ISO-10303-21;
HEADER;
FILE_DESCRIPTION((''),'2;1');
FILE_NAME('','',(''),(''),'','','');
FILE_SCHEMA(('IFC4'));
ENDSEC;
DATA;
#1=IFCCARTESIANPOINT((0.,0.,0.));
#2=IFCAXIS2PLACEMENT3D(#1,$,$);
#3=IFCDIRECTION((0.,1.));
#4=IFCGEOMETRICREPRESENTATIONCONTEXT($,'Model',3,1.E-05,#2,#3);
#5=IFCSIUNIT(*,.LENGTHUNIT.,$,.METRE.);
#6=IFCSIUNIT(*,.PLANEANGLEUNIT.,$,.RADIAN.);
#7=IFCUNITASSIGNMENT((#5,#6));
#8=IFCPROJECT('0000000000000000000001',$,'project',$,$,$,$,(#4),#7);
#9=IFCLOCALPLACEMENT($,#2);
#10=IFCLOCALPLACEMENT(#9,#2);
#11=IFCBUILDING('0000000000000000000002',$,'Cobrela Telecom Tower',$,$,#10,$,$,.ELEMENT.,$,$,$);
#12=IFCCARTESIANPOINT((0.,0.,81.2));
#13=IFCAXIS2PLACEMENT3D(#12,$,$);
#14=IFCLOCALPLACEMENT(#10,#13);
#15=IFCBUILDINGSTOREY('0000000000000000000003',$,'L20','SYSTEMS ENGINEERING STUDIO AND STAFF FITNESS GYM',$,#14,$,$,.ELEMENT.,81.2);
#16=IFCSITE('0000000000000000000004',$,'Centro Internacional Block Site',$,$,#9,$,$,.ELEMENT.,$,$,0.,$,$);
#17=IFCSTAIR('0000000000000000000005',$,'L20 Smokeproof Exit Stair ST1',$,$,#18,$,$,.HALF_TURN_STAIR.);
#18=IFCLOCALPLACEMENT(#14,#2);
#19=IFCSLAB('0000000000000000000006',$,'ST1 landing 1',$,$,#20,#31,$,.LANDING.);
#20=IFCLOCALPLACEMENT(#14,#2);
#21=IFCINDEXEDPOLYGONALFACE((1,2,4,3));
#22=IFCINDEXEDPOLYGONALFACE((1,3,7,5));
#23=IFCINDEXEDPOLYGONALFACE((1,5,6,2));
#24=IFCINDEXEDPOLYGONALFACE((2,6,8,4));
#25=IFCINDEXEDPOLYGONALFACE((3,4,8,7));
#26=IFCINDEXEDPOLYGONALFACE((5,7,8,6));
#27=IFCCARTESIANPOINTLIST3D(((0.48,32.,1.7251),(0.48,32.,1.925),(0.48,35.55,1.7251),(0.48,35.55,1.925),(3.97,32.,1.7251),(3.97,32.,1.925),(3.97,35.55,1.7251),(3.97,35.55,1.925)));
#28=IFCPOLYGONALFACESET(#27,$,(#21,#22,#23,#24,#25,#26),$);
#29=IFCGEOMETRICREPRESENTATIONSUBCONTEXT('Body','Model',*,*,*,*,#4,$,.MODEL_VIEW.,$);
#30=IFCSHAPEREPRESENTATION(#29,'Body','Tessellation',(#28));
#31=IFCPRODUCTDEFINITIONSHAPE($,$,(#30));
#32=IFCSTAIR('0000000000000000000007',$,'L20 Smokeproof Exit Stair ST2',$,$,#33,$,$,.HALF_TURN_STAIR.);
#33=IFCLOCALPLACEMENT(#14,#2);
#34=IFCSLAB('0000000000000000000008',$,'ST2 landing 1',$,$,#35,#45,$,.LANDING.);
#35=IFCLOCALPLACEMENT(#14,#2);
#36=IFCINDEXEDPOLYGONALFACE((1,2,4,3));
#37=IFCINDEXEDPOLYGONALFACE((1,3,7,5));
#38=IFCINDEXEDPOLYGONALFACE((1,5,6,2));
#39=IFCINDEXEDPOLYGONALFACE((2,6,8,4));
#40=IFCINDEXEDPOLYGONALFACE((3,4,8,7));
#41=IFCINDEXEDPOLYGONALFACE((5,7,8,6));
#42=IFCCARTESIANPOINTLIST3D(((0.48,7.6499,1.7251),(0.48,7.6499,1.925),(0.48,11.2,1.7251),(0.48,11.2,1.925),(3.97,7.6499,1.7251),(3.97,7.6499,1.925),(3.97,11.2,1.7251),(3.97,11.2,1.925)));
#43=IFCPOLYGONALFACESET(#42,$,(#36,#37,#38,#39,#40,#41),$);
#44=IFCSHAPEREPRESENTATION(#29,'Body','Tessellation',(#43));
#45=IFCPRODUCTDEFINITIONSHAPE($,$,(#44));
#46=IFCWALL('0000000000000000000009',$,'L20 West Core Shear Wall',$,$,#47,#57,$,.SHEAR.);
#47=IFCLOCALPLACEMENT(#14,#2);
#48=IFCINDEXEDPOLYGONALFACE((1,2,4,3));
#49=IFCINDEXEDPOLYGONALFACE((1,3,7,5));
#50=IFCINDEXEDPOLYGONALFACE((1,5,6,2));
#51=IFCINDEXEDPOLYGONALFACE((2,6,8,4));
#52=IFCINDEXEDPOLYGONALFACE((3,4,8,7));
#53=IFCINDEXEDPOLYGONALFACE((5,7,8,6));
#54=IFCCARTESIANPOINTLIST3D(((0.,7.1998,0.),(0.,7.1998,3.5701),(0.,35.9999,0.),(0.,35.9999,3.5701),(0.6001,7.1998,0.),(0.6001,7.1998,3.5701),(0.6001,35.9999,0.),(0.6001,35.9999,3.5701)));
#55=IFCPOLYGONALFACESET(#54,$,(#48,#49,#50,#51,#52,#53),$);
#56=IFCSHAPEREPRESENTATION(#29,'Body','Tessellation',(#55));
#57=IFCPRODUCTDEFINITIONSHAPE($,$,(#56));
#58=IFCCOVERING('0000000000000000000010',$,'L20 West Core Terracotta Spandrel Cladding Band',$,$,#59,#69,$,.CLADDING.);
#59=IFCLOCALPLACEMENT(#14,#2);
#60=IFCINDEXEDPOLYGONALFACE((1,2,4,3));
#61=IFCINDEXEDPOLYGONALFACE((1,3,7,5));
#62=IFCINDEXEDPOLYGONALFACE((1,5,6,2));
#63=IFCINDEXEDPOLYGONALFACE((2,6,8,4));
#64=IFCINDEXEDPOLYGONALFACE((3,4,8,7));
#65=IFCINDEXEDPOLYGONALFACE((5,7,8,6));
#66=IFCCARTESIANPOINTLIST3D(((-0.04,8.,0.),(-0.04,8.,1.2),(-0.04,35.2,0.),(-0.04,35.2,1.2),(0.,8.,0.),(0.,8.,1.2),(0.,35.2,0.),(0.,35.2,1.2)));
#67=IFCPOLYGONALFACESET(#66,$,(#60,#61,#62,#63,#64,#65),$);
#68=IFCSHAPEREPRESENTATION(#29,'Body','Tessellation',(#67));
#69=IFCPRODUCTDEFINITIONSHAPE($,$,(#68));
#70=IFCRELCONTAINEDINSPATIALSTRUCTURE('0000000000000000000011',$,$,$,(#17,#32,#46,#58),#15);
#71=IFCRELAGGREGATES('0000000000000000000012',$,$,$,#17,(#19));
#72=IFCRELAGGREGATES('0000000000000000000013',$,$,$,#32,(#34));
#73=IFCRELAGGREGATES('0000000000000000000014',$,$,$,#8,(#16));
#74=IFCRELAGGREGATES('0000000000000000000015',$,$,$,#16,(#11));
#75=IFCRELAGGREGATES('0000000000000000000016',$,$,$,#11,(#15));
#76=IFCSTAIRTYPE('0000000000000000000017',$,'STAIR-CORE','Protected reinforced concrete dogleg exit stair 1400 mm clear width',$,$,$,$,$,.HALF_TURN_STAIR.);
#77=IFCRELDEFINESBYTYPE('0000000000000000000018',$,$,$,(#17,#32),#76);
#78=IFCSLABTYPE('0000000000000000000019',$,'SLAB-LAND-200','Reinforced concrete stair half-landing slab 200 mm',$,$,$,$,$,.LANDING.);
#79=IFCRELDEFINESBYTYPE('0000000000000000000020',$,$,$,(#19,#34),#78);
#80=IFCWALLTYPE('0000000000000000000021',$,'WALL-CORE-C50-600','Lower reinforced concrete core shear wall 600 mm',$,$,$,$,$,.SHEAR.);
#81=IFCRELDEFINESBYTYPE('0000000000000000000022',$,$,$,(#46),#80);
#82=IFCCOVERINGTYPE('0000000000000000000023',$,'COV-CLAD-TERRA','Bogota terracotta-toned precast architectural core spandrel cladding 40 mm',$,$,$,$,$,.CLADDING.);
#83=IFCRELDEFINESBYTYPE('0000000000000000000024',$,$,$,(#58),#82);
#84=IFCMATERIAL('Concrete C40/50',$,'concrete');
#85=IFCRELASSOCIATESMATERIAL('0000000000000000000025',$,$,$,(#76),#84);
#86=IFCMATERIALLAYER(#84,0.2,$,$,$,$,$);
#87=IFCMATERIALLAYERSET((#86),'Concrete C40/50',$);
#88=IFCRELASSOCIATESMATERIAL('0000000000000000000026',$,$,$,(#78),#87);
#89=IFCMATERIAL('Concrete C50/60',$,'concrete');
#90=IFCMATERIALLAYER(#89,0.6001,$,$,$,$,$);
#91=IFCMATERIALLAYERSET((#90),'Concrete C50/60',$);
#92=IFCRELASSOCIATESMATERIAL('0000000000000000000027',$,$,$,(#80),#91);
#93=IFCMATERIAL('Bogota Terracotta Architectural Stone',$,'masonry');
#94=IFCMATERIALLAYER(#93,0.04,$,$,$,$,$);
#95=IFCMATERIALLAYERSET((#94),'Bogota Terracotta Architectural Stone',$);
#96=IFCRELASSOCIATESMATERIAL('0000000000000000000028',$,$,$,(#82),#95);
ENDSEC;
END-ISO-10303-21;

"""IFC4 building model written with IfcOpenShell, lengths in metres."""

from ifc_helpers import new_model, si_unit, direction, frame, frame_2d, origin, place, context, subcontext, project, spatial, polyline, rectangle, outline, extrude, material, layer, layer_set, type_object, element, aggregate, save


model = new_model("IFC4")

# Units and contexts
model_context = context("Model", 3, precision=1e-05, world=origin(), true_north=direction((0.0, 1.0)))
body_context = subcontext(model_context, "Body", "Model", "MODEL_VIEW")
ifc_project = project(units=[si_unit("LENGTHUNIT", "METRE"), si_unit("PLANEANGLEUNIT", "RADIAN")], contexts=[model_context])

# Site, building, storey
site_placement = place(None, origin())
site = spatial("IfcSite", under=ifc_project, at=site_placement, Name="Centro Internacional Block Site", CompositionType="ELEMENT", RefElevation=0.0)
building_placement = place(site_placement, origin())
building = spatial("IfcBuilding", under=site, at=building_placement, Name="Cobrela Telecom Tower", CompositionType="ELEMENT")
storey_placement = place(building_placement, frame((0.0, 0.0, 81.2)))
storey = spatial("IfcBuildingStorey", under=building, at=storey_placement, Name="L20", Description="SYSTEMS ENGINEERING STUDIO AND STAFF FITNESS GYM", CompositionType="ELEMENT", Elevation=81.2)

# Shared definitions
ifc_material_1 = material(Name="Concrete C40/50", Category="concrete")

# Stairs, slabs
stair_type = type_object("IfcStairType", Name="STAIR-CORE", Description="Protected reinforced concrete dogleg exit stair 1400 mm clear width", PredefinedType="HALF_TURN_STAIR", material=ifc_material_1)
stair_1_placement = place(storey_placement, origin())
stair_1 = element("IfcStair", 1, at=stair_1_placement, inside=storey, type_object=stair_type, Name="L20 Smokeproof Exit Stair ST1", PredefinedType="HALF_TURN_STAIR")
ifc_layer_1 = layer(ifc_material_1, 0.2)
ifc_layer_set_1 = layer_set([ifc_layer_1], Name="Concrete C40/50")
slab_type_1 = type_object("IfcSlabType", Name="SLAB-LAND-200", Description="Reinforced concrete stair half-landing slab 200 mm", PredefinedType="LANDING", material=ifc_layer_set_1)
slab_1_placement = place(storey_placement, frame((0.0, 0.0, 1.7251)))
slab_1 = element("IfcSlab", 2, at=slab_1_placement, type_object=slab_type_1, Name="ST1 landing 1", PredefinedType="LANDING", context=body_context, shape_type="SweptSolid", body=[
    extrude(outline(polyline([(3.97, 35.55), (0.48, 35.55), (0.48, 32.0), (3.97, 32.0), (3.97, 35.55)])), origin(), (0.0, 0.0, 1.0), 0.2),
])
aggregate(stair_1, [slab_1])
stair_2_placement = place(storey_placement, origin())
stair_2 = element("IfcStair", 3, at=stair_2_placement, inside=storey, type_object=stair_type, Name="L20 Smokeproof Exit Stair ST2", PredefinedType="HALF_TURN_STAIR")
slab_2_placement = place(storey_placement, frame((0.0, 0.0, 1.7251)))
slab_2 = element("IfcSlab", 4, at=slab_2_placement, type_object=slab_type_1, Name="ST2 landing 1", PredefinedType="LANDING", context=body_context, shape_type="SweptSolid", body=[
    extrude(outline(polyline([(3.97, 11.2), (0.48, 11.2), (0.48, 7.6499), (3.97, 7.6499), (3.97, 11.2)])), origin(), (0.0, 0.0, 1.0), 0.2),
])
aggregate(stair_2, [slab_2])

# Wall
ifc_material_2 = material(Name="Concrete C50/60", Category="concrete")
ifc_layer_2 = layer(ifc_material_2, 0.6001)
ifc_layer_set_2 = layer_set([ifc_layer_2], Name="Concrete C50/60")
wall_type = type_object("IfcWallType", Name="WALL-CORE-C50-600", Description="Lower reinforced concrete core shear wall 600 mm", PredefinedType="SHEAR", material=ifc_layer_set_2)
wall_placement = place(storey_placement, frame((0.3, 7.2, 0.0), z_axis=(0.0, 0.0, 1.0), x_axis=(0.0, 1.0, 0.0)))
element("IfcWall", 5, at=wall_placement, inside=storey, type_object=wall_type, Name="L20 West Core Shear Wall", PredefinedType="SHEAR", context=body_context, shape_type="SweptSolid", body=[
    extrude(rectangle(XDim=28.8, YDim=0.6001, at=frame_2d((14.3999, 0.0))), origin(), (0.0, 0.0, 1.0), 3.5701),
])

# Covering
ifc_material_3 = material(Name="Bogota Terracotta Architectural Stone", Category="masonry")
ifc_layer_3 = layer(ifc_material_3, 0.04)
ifc_layer_set_3 = layer_set([ifc_layer_3], Name="Bogota Terracotta Architectural Stone")
covering_type = type_object("IfcCoveringType", Name="COV-CLAD-TERRA", Description="Bogota terracotta-toned precast architectural core spandrel cladding 40 mm", PredefinedType="CLADDING", material=ifc_layer_set_3)
covering_placement = place(storey_placement, origin())
element("IfcCovering", 6, at=covering_placement, inside=storey, type_object=covering_type, Name="L20 West Core Terracotta Spandrel Cladding Band", PredefinedType="CLADDING", context=body_context, shape_type="SweptSolid", body=[
    extrude(outline(polyline([(-0.04, 8.0), (0.0, 8.0), (0.0, 35.2), (-0.04, 35.2), (-0.04, 8.0)])), origin(), (0.0, 0.0, 1.0), 1.2),
])

save(model, "model.ifc")
